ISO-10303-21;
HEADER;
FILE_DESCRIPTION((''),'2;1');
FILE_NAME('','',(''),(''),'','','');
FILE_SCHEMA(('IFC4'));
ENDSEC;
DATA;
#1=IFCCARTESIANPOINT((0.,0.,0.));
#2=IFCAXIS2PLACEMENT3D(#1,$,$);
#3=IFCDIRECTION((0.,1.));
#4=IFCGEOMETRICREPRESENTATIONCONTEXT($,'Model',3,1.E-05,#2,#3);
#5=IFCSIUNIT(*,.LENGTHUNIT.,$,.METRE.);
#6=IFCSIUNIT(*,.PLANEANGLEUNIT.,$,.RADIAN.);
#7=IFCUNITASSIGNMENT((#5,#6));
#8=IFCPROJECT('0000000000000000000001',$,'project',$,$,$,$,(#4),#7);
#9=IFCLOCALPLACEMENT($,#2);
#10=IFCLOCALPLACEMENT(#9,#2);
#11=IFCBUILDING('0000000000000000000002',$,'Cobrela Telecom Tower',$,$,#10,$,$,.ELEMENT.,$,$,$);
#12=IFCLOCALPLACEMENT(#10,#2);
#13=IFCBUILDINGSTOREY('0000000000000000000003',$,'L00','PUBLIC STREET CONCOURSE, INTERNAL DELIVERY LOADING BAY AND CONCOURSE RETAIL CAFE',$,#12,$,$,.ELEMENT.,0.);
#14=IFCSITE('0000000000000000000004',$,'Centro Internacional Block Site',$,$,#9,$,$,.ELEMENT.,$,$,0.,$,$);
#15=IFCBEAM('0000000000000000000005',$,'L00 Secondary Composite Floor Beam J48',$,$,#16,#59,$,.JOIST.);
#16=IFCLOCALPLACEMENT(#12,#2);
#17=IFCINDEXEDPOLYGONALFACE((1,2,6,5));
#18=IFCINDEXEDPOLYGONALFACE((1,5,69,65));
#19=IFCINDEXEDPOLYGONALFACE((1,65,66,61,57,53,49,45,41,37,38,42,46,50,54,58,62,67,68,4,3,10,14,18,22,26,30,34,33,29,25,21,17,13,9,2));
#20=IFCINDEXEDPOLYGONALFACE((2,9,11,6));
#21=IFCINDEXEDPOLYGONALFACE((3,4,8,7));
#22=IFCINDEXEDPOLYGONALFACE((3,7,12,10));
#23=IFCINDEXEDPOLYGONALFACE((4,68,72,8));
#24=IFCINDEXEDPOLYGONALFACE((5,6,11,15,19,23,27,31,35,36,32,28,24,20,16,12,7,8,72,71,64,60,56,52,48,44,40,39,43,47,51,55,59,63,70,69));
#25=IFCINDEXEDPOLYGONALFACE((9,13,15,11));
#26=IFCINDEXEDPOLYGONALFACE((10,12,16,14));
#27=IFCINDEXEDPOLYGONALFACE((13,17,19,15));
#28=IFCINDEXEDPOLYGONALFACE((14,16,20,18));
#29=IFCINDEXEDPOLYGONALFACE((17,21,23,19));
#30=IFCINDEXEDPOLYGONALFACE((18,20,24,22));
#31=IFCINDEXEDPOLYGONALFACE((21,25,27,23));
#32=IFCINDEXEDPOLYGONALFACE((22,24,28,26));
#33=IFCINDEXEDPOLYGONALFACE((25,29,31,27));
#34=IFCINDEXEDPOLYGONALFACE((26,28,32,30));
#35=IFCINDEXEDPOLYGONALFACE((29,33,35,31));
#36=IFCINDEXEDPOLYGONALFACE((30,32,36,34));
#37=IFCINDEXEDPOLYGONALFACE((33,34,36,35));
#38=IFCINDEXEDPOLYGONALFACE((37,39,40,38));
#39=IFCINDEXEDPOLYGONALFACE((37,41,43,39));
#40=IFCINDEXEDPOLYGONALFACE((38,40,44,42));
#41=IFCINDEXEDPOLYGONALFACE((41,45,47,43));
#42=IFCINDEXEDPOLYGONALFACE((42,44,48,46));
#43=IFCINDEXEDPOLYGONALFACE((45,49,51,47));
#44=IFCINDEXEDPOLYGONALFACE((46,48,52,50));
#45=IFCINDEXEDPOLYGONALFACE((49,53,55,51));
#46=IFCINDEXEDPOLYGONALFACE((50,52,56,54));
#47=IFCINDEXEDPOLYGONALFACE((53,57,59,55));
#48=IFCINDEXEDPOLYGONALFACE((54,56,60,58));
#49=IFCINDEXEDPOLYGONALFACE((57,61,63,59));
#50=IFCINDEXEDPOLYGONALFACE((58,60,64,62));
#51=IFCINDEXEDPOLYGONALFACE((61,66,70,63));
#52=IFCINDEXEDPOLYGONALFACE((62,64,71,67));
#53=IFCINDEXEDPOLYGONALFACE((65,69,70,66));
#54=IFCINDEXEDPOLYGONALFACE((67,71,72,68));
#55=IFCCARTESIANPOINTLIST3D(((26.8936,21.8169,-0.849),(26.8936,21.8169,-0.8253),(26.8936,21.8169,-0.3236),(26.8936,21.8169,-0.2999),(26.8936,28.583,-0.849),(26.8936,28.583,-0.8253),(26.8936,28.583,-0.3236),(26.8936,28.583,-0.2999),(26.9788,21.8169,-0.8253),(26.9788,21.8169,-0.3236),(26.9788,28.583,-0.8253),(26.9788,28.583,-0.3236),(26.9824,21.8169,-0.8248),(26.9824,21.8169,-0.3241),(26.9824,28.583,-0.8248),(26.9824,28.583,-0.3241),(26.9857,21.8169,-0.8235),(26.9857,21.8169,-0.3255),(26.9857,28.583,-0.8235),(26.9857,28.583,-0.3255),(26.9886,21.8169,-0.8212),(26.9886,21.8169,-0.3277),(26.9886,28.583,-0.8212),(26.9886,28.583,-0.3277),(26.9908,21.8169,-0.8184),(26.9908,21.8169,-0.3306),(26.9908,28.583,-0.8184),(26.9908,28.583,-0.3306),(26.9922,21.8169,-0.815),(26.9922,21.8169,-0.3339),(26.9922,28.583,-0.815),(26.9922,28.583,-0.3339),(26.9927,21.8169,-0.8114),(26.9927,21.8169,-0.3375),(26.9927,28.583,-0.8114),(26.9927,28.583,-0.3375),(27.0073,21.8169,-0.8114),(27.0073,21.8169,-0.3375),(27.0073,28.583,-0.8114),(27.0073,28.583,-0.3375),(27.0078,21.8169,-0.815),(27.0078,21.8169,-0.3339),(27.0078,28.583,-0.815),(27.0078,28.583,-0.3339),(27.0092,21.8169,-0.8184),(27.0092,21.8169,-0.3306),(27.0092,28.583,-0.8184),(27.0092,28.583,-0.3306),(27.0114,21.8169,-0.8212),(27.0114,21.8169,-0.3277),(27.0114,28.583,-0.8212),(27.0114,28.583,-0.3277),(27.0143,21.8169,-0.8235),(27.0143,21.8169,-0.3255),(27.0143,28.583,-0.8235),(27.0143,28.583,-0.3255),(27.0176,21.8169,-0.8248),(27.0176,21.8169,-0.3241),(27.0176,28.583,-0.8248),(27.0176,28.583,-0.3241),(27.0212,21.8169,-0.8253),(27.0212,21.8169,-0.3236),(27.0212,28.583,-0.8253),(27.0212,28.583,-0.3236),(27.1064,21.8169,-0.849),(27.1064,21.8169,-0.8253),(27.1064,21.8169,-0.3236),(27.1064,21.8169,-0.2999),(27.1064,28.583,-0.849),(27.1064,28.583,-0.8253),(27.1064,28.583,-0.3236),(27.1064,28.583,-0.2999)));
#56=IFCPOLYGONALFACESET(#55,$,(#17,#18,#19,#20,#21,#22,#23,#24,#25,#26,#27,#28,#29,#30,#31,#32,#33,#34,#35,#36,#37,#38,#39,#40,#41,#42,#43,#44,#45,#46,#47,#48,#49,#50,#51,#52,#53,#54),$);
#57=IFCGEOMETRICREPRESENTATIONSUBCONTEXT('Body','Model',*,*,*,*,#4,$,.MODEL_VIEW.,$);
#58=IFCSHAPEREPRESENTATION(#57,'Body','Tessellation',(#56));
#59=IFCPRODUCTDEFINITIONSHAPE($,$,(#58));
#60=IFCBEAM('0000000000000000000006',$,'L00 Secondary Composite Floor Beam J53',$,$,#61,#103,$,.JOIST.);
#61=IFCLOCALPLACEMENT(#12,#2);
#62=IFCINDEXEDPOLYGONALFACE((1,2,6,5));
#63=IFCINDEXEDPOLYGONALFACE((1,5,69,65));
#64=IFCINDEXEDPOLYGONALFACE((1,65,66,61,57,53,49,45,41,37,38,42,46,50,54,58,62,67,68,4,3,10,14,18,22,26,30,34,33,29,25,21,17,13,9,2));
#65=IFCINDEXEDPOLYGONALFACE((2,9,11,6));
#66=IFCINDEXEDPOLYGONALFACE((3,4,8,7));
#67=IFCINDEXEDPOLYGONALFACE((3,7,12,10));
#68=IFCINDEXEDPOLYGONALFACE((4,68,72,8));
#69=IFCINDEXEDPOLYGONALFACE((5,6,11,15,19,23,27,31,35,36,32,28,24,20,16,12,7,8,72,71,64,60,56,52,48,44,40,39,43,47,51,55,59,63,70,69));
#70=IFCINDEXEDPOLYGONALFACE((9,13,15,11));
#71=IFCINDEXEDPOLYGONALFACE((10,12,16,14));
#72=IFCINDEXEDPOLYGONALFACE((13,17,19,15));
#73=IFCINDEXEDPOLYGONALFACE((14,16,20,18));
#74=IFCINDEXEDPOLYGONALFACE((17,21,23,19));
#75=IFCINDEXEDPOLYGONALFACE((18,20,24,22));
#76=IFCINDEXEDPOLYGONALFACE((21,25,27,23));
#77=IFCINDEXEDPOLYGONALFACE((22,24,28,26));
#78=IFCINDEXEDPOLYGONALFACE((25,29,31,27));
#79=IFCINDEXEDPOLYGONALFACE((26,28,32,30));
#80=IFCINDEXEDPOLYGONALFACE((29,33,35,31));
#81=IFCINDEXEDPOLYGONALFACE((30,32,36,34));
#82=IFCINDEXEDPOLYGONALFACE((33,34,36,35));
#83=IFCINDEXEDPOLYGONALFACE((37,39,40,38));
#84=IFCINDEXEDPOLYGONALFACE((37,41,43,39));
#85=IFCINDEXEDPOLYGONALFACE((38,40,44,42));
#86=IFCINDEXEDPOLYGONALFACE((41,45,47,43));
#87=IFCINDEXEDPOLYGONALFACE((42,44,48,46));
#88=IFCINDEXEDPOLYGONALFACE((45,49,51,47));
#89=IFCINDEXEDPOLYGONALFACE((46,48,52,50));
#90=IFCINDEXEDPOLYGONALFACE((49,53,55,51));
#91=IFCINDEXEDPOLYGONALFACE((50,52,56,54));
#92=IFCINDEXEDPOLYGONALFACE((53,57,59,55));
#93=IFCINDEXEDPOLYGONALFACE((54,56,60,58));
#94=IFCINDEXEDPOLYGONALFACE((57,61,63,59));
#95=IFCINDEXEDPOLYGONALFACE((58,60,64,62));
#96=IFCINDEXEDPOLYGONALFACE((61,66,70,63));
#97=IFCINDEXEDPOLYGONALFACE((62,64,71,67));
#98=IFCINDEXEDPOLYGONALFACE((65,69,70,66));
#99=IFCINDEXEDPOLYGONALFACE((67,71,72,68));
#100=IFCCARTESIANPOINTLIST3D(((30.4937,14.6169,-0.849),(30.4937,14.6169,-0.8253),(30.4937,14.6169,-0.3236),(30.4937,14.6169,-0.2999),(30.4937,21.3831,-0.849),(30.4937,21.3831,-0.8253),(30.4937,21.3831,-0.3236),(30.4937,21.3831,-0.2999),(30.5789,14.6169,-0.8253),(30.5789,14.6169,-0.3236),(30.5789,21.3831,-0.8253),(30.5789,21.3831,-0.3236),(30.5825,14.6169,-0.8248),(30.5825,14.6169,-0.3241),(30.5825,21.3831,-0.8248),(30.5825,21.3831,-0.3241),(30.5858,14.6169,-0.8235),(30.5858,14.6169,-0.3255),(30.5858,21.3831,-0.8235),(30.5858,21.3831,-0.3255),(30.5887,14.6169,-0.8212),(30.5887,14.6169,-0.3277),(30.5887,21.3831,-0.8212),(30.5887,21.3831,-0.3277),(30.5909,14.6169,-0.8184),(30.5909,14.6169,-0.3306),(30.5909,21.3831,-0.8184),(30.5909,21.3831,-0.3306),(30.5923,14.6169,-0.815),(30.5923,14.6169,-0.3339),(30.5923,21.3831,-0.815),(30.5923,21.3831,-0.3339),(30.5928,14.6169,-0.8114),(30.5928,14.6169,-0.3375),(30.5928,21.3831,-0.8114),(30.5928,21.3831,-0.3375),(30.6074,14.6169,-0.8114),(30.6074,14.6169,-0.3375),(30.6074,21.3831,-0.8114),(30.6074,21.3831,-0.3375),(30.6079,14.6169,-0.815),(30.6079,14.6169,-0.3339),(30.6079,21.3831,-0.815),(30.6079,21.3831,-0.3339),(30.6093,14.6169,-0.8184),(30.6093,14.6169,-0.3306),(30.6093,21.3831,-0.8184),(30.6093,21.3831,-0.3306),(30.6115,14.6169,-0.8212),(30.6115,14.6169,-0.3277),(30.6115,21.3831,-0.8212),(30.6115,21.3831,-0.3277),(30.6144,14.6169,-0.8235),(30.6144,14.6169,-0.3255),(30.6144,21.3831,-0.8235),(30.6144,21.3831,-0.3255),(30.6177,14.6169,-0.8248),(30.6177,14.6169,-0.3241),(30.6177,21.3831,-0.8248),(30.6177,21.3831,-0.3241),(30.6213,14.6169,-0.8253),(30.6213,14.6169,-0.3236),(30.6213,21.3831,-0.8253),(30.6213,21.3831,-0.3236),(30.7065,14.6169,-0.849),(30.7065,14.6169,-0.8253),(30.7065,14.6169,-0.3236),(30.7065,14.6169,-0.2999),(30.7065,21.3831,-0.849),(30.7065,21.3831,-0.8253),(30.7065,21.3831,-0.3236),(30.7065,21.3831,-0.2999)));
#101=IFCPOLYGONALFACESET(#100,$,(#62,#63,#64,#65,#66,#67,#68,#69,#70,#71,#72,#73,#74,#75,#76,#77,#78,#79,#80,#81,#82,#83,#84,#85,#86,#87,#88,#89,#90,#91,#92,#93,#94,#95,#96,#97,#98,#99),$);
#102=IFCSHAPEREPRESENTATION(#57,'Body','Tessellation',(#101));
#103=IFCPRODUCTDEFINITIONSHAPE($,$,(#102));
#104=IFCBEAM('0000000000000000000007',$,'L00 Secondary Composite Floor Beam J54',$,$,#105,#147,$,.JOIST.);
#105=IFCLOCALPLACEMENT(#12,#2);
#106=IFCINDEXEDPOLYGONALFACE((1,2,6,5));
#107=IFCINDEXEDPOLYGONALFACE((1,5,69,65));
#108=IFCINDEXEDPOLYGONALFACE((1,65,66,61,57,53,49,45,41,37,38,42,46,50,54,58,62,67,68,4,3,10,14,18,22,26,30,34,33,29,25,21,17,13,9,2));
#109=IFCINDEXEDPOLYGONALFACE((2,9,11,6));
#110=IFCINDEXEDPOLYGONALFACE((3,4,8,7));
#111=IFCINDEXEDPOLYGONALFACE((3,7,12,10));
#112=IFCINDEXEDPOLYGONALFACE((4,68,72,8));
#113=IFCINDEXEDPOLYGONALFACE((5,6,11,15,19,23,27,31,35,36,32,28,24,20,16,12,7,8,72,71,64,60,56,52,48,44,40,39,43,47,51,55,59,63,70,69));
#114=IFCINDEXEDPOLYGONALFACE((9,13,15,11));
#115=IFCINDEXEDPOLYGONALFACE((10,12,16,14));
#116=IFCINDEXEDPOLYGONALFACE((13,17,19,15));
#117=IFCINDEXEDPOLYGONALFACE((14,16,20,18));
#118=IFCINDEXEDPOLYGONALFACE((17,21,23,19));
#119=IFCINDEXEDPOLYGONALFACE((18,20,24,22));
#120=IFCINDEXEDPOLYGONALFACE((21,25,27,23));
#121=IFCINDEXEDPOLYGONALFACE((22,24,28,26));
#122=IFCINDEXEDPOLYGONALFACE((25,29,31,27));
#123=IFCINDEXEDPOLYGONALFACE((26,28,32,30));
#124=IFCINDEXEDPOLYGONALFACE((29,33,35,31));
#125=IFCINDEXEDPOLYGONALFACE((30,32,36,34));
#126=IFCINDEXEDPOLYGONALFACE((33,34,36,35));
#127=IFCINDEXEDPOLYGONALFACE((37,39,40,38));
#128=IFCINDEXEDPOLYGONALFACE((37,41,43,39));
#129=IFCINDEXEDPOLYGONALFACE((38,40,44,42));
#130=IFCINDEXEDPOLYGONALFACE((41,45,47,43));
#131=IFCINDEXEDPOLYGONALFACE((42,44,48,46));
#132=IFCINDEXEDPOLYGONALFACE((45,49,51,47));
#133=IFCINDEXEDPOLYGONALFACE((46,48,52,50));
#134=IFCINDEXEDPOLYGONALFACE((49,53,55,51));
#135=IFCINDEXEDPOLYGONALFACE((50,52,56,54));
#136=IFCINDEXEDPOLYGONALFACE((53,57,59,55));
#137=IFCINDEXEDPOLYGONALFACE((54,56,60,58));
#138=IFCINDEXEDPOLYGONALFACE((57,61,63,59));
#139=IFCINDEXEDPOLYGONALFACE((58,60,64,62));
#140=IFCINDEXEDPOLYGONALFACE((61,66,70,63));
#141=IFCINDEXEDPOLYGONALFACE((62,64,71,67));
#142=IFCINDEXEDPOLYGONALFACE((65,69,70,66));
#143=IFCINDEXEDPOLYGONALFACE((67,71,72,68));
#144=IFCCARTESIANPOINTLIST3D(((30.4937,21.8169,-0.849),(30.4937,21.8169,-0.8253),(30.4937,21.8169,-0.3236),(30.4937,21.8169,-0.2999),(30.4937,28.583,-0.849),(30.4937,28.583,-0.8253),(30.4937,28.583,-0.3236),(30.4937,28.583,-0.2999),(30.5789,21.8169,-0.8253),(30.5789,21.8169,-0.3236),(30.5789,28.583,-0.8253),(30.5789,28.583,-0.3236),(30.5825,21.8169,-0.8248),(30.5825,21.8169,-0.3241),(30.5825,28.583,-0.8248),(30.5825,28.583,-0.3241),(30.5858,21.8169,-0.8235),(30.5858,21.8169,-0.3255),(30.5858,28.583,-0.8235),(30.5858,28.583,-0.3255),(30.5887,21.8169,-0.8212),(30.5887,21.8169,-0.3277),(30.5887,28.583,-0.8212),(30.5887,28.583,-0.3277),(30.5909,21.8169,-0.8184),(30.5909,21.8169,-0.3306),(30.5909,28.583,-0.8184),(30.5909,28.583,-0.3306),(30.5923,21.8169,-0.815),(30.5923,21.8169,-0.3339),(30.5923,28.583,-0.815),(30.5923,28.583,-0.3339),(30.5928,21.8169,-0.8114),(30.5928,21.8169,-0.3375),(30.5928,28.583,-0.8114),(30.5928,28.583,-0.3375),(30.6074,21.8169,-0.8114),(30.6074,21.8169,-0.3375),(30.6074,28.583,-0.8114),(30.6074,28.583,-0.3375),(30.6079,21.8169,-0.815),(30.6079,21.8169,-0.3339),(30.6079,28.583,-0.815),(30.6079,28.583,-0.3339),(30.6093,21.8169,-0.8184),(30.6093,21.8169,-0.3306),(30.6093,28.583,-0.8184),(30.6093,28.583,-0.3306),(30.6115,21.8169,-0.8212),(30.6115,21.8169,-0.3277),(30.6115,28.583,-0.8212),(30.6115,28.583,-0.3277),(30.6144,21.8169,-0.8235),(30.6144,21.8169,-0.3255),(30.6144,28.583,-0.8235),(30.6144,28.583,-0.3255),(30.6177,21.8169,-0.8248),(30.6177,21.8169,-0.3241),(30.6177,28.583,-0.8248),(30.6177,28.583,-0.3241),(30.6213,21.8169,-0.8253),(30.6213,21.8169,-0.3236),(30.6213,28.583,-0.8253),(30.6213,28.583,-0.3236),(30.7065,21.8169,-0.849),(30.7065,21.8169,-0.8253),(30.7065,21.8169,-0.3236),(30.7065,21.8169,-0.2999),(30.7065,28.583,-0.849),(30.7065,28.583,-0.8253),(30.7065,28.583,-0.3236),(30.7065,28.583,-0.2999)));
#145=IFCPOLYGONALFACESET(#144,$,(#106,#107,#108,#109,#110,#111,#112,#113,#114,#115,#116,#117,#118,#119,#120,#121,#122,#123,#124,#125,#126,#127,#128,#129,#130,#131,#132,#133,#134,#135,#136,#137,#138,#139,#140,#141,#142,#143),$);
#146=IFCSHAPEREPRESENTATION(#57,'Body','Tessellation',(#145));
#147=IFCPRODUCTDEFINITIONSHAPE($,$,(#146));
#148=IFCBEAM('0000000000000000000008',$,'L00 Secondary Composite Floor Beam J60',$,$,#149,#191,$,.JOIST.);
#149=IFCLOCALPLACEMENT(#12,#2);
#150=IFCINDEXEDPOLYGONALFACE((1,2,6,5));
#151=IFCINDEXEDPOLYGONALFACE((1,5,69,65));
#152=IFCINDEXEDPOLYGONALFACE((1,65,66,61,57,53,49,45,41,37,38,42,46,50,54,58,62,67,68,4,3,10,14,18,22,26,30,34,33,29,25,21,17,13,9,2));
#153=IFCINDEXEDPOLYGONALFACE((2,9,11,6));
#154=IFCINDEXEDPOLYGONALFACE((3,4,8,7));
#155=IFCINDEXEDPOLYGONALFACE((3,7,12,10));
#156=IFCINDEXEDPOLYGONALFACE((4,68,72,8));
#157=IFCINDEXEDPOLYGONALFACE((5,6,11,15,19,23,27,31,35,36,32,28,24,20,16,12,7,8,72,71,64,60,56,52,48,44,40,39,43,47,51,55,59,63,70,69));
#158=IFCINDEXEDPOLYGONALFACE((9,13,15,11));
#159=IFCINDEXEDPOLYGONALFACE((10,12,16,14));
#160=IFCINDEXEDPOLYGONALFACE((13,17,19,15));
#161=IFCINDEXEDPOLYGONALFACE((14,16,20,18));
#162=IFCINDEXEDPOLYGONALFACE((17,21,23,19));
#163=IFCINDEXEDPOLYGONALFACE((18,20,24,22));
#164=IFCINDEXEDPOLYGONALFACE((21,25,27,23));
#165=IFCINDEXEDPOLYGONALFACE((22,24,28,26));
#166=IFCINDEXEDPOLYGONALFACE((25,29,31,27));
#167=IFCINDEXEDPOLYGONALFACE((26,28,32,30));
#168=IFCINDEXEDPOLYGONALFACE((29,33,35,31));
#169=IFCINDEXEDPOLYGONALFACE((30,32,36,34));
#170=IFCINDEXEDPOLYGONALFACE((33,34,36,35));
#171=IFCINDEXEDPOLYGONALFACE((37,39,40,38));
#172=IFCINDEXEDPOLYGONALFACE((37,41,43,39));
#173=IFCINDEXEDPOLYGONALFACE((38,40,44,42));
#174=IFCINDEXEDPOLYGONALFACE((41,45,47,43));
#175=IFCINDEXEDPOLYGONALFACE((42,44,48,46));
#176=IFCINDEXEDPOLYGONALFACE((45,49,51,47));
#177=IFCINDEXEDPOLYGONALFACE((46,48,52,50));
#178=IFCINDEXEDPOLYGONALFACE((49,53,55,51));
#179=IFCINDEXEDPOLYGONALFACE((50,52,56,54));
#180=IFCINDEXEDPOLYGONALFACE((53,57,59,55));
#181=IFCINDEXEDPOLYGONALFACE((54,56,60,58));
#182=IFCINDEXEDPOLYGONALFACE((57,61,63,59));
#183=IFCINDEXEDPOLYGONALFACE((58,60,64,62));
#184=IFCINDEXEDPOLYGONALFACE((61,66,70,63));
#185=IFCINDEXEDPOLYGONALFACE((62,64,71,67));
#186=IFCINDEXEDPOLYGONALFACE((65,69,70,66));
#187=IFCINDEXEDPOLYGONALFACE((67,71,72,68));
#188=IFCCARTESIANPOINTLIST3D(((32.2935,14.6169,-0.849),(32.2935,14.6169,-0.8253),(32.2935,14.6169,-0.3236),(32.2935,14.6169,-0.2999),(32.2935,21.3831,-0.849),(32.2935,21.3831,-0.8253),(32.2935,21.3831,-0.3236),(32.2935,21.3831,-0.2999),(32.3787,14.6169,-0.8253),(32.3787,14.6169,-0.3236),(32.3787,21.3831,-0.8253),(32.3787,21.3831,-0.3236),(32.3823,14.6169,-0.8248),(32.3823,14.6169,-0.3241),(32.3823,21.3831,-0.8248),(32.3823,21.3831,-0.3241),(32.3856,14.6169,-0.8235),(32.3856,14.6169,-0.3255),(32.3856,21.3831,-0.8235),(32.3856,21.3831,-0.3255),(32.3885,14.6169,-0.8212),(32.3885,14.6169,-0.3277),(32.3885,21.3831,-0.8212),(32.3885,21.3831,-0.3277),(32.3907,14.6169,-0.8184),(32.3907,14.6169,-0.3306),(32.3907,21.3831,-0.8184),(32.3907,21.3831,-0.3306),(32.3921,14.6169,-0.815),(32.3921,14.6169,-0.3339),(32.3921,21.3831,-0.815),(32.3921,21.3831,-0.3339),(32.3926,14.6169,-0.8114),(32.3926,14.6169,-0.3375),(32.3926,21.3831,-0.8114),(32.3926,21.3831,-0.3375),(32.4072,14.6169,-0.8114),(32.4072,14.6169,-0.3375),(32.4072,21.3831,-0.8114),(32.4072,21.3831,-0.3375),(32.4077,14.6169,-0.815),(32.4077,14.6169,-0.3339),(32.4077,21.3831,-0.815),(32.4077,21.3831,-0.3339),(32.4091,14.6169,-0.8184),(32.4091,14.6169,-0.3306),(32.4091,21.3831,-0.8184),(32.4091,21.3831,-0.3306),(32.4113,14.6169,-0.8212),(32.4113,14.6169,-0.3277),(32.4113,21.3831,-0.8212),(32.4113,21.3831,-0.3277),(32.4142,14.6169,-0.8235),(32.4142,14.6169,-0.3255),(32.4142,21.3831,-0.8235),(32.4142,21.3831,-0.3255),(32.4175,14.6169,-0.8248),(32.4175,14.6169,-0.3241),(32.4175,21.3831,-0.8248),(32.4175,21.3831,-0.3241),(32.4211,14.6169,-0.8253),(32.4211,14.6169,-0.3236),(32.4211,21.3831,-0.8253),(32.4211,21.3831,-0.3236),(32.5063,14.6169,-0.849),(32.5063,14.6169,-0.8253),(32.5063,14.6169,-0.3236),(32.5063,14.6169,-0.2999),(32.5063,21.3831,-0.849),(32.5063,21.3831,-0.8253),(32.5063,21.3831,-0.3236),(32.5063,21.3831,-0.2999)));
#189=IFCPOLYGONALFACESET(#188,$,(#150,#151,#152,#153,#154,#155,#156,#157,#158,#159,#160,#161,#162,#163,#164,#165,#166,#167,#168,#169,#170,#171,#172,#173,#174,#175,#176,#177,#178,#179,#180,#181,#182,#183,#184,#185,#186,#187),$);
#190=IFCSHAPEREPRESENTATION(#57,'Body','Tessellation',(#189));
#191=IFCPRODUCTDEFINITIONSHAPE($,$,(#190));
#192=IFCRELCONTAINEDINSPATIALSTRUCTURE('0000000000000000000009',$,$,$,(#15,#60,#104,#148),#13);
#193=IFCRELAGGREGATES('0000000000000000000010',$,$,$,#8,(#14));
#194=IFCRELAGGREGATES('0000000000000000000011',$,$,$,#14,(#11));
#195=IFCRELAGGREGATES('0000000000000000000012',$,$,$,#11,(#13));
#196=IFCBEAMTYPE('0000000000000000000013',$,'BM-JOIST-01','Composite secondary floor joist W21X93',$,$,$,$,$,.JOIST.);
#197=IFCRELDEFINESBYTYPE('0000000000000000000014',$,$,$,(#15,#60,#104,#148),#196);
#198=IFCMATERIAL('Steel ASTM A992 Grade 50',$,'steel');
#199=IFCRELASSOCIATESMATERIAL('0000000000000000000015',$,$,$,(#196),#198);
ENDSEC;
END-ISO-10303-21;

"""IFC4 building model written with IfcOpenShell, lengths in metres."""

from ifc_helpers import new_model, si_unit, direction, frame, origin, origin_2d, place, context, subcontext, project, spatial, i_section, extrude, material, material_profile, profile_set, type_object, element, save


model = new_model("IFC4")

# Units and contexts
model_context = context("Model", 3, precision=1e-05, world=origin(), true_north=direction((0.0, 1.0)))
body_context = subcontext(model_context, "Body", "Model", "MODEL_VIEW")
ifc_project = project(units=[si_unit("LENGTHUNIT", "METRE"), si_unit("PLANEANGLEUNIT", "RADIAN")], contexts=[model_context])

# Site, building, storey
site_placement = place(None, origin())
site = spatial("IfcSite", under=ifc_project, at=site_placement, Name="Centro Internacional Block Site", CompositionType="ELEMENT", RefElevation=0.0)
building_placement = place(site_placement, origin())
building = spatial("IfcBuilding", under=site, at=building_placement, Name="Cobrela Telecom Tower", CompositionType="ELEMENT")
storey_placement = place(building_placement, origin())
storey = spatial("IfcBuildingStorey", under=building, at=storey_placement, Name="L00", Description="PUBLIC STREET CONCOURSE, INTERNAL DELIVERY LOADING BAY AND CONCOURSE RETAIL CAFE", CompositionType="ELEMENT", Elevation=0.0)

# Beams
ifc_material_1 = material(Name="Steel ASTM A992 Grade 50", Category="steel")
ifc_material_profile_1 = material_profile(ifc_material_1, i_section(OverallWidth=0.2129, OverallDepth=0.5491, WebThickness=0.0146, FlangeThickness=0.0237, FilletRadius=0.0139, at=origin_2d()), Name="W21X93")
ifc_profile_set_1 = profile_set([ifc_material_profile_1], Name="Steel ASTM A992 Grade 50")
beam_type_1 = type_object("IfcBeamType", Name="BM-JOIST-01", Description="Composite secondary floor joist W21X93", PredefinedType="JOIST", material=ifc_profile_set_1)
for number, where, z_axis, x_axis, name in (
    (1, (27.0, 21.8169, -0.5745), (0.0, 1.0, 0.0), (-1.0, 0.0, 0.0), "L00 Secondary Composite Floor Beam J48"),
    (2, (30.6001, 14.6169, -0.5745), (0.0, 1.0, 0.0), (-1.0, 0.0, 0.0), "L00 Secondary Composite Floor Beam J53"),
    (3, (30.6001, 21.8169, -0.5745), (0.0, 1.0, 0.0), (-1.0, 0.0, 0.0), "L00 Secondary Composite Floor Beam J54"),
    (4, (32.3999, 14.6169, -0.5745), (0.0, 1.0, 0.0), (-1.0, 0.0, 0.0), "L00 Secondary Composite Floor Beam J60"),
):
    element("IfcBeam", number, at=place(storey_placement, frame(where, z_axis=z_axis, x_axis=x_axis)), inside=storey, type_object=beam_type_1, Name=name, PredefinedType="JOIST", context=body_context, shape_type="SweptSolid", body=[
        extrude(i_section(OverallWidth=0.2129, OverallDepth=0.5491, WebThickness=0.0146, FlangeThickness=0.0237, FilletRadius=0.0139, at=origin_2d()), origin(), (0.0, 0.0, 1.0), 6.7661),
    ])

save(model, "model.ifc")
